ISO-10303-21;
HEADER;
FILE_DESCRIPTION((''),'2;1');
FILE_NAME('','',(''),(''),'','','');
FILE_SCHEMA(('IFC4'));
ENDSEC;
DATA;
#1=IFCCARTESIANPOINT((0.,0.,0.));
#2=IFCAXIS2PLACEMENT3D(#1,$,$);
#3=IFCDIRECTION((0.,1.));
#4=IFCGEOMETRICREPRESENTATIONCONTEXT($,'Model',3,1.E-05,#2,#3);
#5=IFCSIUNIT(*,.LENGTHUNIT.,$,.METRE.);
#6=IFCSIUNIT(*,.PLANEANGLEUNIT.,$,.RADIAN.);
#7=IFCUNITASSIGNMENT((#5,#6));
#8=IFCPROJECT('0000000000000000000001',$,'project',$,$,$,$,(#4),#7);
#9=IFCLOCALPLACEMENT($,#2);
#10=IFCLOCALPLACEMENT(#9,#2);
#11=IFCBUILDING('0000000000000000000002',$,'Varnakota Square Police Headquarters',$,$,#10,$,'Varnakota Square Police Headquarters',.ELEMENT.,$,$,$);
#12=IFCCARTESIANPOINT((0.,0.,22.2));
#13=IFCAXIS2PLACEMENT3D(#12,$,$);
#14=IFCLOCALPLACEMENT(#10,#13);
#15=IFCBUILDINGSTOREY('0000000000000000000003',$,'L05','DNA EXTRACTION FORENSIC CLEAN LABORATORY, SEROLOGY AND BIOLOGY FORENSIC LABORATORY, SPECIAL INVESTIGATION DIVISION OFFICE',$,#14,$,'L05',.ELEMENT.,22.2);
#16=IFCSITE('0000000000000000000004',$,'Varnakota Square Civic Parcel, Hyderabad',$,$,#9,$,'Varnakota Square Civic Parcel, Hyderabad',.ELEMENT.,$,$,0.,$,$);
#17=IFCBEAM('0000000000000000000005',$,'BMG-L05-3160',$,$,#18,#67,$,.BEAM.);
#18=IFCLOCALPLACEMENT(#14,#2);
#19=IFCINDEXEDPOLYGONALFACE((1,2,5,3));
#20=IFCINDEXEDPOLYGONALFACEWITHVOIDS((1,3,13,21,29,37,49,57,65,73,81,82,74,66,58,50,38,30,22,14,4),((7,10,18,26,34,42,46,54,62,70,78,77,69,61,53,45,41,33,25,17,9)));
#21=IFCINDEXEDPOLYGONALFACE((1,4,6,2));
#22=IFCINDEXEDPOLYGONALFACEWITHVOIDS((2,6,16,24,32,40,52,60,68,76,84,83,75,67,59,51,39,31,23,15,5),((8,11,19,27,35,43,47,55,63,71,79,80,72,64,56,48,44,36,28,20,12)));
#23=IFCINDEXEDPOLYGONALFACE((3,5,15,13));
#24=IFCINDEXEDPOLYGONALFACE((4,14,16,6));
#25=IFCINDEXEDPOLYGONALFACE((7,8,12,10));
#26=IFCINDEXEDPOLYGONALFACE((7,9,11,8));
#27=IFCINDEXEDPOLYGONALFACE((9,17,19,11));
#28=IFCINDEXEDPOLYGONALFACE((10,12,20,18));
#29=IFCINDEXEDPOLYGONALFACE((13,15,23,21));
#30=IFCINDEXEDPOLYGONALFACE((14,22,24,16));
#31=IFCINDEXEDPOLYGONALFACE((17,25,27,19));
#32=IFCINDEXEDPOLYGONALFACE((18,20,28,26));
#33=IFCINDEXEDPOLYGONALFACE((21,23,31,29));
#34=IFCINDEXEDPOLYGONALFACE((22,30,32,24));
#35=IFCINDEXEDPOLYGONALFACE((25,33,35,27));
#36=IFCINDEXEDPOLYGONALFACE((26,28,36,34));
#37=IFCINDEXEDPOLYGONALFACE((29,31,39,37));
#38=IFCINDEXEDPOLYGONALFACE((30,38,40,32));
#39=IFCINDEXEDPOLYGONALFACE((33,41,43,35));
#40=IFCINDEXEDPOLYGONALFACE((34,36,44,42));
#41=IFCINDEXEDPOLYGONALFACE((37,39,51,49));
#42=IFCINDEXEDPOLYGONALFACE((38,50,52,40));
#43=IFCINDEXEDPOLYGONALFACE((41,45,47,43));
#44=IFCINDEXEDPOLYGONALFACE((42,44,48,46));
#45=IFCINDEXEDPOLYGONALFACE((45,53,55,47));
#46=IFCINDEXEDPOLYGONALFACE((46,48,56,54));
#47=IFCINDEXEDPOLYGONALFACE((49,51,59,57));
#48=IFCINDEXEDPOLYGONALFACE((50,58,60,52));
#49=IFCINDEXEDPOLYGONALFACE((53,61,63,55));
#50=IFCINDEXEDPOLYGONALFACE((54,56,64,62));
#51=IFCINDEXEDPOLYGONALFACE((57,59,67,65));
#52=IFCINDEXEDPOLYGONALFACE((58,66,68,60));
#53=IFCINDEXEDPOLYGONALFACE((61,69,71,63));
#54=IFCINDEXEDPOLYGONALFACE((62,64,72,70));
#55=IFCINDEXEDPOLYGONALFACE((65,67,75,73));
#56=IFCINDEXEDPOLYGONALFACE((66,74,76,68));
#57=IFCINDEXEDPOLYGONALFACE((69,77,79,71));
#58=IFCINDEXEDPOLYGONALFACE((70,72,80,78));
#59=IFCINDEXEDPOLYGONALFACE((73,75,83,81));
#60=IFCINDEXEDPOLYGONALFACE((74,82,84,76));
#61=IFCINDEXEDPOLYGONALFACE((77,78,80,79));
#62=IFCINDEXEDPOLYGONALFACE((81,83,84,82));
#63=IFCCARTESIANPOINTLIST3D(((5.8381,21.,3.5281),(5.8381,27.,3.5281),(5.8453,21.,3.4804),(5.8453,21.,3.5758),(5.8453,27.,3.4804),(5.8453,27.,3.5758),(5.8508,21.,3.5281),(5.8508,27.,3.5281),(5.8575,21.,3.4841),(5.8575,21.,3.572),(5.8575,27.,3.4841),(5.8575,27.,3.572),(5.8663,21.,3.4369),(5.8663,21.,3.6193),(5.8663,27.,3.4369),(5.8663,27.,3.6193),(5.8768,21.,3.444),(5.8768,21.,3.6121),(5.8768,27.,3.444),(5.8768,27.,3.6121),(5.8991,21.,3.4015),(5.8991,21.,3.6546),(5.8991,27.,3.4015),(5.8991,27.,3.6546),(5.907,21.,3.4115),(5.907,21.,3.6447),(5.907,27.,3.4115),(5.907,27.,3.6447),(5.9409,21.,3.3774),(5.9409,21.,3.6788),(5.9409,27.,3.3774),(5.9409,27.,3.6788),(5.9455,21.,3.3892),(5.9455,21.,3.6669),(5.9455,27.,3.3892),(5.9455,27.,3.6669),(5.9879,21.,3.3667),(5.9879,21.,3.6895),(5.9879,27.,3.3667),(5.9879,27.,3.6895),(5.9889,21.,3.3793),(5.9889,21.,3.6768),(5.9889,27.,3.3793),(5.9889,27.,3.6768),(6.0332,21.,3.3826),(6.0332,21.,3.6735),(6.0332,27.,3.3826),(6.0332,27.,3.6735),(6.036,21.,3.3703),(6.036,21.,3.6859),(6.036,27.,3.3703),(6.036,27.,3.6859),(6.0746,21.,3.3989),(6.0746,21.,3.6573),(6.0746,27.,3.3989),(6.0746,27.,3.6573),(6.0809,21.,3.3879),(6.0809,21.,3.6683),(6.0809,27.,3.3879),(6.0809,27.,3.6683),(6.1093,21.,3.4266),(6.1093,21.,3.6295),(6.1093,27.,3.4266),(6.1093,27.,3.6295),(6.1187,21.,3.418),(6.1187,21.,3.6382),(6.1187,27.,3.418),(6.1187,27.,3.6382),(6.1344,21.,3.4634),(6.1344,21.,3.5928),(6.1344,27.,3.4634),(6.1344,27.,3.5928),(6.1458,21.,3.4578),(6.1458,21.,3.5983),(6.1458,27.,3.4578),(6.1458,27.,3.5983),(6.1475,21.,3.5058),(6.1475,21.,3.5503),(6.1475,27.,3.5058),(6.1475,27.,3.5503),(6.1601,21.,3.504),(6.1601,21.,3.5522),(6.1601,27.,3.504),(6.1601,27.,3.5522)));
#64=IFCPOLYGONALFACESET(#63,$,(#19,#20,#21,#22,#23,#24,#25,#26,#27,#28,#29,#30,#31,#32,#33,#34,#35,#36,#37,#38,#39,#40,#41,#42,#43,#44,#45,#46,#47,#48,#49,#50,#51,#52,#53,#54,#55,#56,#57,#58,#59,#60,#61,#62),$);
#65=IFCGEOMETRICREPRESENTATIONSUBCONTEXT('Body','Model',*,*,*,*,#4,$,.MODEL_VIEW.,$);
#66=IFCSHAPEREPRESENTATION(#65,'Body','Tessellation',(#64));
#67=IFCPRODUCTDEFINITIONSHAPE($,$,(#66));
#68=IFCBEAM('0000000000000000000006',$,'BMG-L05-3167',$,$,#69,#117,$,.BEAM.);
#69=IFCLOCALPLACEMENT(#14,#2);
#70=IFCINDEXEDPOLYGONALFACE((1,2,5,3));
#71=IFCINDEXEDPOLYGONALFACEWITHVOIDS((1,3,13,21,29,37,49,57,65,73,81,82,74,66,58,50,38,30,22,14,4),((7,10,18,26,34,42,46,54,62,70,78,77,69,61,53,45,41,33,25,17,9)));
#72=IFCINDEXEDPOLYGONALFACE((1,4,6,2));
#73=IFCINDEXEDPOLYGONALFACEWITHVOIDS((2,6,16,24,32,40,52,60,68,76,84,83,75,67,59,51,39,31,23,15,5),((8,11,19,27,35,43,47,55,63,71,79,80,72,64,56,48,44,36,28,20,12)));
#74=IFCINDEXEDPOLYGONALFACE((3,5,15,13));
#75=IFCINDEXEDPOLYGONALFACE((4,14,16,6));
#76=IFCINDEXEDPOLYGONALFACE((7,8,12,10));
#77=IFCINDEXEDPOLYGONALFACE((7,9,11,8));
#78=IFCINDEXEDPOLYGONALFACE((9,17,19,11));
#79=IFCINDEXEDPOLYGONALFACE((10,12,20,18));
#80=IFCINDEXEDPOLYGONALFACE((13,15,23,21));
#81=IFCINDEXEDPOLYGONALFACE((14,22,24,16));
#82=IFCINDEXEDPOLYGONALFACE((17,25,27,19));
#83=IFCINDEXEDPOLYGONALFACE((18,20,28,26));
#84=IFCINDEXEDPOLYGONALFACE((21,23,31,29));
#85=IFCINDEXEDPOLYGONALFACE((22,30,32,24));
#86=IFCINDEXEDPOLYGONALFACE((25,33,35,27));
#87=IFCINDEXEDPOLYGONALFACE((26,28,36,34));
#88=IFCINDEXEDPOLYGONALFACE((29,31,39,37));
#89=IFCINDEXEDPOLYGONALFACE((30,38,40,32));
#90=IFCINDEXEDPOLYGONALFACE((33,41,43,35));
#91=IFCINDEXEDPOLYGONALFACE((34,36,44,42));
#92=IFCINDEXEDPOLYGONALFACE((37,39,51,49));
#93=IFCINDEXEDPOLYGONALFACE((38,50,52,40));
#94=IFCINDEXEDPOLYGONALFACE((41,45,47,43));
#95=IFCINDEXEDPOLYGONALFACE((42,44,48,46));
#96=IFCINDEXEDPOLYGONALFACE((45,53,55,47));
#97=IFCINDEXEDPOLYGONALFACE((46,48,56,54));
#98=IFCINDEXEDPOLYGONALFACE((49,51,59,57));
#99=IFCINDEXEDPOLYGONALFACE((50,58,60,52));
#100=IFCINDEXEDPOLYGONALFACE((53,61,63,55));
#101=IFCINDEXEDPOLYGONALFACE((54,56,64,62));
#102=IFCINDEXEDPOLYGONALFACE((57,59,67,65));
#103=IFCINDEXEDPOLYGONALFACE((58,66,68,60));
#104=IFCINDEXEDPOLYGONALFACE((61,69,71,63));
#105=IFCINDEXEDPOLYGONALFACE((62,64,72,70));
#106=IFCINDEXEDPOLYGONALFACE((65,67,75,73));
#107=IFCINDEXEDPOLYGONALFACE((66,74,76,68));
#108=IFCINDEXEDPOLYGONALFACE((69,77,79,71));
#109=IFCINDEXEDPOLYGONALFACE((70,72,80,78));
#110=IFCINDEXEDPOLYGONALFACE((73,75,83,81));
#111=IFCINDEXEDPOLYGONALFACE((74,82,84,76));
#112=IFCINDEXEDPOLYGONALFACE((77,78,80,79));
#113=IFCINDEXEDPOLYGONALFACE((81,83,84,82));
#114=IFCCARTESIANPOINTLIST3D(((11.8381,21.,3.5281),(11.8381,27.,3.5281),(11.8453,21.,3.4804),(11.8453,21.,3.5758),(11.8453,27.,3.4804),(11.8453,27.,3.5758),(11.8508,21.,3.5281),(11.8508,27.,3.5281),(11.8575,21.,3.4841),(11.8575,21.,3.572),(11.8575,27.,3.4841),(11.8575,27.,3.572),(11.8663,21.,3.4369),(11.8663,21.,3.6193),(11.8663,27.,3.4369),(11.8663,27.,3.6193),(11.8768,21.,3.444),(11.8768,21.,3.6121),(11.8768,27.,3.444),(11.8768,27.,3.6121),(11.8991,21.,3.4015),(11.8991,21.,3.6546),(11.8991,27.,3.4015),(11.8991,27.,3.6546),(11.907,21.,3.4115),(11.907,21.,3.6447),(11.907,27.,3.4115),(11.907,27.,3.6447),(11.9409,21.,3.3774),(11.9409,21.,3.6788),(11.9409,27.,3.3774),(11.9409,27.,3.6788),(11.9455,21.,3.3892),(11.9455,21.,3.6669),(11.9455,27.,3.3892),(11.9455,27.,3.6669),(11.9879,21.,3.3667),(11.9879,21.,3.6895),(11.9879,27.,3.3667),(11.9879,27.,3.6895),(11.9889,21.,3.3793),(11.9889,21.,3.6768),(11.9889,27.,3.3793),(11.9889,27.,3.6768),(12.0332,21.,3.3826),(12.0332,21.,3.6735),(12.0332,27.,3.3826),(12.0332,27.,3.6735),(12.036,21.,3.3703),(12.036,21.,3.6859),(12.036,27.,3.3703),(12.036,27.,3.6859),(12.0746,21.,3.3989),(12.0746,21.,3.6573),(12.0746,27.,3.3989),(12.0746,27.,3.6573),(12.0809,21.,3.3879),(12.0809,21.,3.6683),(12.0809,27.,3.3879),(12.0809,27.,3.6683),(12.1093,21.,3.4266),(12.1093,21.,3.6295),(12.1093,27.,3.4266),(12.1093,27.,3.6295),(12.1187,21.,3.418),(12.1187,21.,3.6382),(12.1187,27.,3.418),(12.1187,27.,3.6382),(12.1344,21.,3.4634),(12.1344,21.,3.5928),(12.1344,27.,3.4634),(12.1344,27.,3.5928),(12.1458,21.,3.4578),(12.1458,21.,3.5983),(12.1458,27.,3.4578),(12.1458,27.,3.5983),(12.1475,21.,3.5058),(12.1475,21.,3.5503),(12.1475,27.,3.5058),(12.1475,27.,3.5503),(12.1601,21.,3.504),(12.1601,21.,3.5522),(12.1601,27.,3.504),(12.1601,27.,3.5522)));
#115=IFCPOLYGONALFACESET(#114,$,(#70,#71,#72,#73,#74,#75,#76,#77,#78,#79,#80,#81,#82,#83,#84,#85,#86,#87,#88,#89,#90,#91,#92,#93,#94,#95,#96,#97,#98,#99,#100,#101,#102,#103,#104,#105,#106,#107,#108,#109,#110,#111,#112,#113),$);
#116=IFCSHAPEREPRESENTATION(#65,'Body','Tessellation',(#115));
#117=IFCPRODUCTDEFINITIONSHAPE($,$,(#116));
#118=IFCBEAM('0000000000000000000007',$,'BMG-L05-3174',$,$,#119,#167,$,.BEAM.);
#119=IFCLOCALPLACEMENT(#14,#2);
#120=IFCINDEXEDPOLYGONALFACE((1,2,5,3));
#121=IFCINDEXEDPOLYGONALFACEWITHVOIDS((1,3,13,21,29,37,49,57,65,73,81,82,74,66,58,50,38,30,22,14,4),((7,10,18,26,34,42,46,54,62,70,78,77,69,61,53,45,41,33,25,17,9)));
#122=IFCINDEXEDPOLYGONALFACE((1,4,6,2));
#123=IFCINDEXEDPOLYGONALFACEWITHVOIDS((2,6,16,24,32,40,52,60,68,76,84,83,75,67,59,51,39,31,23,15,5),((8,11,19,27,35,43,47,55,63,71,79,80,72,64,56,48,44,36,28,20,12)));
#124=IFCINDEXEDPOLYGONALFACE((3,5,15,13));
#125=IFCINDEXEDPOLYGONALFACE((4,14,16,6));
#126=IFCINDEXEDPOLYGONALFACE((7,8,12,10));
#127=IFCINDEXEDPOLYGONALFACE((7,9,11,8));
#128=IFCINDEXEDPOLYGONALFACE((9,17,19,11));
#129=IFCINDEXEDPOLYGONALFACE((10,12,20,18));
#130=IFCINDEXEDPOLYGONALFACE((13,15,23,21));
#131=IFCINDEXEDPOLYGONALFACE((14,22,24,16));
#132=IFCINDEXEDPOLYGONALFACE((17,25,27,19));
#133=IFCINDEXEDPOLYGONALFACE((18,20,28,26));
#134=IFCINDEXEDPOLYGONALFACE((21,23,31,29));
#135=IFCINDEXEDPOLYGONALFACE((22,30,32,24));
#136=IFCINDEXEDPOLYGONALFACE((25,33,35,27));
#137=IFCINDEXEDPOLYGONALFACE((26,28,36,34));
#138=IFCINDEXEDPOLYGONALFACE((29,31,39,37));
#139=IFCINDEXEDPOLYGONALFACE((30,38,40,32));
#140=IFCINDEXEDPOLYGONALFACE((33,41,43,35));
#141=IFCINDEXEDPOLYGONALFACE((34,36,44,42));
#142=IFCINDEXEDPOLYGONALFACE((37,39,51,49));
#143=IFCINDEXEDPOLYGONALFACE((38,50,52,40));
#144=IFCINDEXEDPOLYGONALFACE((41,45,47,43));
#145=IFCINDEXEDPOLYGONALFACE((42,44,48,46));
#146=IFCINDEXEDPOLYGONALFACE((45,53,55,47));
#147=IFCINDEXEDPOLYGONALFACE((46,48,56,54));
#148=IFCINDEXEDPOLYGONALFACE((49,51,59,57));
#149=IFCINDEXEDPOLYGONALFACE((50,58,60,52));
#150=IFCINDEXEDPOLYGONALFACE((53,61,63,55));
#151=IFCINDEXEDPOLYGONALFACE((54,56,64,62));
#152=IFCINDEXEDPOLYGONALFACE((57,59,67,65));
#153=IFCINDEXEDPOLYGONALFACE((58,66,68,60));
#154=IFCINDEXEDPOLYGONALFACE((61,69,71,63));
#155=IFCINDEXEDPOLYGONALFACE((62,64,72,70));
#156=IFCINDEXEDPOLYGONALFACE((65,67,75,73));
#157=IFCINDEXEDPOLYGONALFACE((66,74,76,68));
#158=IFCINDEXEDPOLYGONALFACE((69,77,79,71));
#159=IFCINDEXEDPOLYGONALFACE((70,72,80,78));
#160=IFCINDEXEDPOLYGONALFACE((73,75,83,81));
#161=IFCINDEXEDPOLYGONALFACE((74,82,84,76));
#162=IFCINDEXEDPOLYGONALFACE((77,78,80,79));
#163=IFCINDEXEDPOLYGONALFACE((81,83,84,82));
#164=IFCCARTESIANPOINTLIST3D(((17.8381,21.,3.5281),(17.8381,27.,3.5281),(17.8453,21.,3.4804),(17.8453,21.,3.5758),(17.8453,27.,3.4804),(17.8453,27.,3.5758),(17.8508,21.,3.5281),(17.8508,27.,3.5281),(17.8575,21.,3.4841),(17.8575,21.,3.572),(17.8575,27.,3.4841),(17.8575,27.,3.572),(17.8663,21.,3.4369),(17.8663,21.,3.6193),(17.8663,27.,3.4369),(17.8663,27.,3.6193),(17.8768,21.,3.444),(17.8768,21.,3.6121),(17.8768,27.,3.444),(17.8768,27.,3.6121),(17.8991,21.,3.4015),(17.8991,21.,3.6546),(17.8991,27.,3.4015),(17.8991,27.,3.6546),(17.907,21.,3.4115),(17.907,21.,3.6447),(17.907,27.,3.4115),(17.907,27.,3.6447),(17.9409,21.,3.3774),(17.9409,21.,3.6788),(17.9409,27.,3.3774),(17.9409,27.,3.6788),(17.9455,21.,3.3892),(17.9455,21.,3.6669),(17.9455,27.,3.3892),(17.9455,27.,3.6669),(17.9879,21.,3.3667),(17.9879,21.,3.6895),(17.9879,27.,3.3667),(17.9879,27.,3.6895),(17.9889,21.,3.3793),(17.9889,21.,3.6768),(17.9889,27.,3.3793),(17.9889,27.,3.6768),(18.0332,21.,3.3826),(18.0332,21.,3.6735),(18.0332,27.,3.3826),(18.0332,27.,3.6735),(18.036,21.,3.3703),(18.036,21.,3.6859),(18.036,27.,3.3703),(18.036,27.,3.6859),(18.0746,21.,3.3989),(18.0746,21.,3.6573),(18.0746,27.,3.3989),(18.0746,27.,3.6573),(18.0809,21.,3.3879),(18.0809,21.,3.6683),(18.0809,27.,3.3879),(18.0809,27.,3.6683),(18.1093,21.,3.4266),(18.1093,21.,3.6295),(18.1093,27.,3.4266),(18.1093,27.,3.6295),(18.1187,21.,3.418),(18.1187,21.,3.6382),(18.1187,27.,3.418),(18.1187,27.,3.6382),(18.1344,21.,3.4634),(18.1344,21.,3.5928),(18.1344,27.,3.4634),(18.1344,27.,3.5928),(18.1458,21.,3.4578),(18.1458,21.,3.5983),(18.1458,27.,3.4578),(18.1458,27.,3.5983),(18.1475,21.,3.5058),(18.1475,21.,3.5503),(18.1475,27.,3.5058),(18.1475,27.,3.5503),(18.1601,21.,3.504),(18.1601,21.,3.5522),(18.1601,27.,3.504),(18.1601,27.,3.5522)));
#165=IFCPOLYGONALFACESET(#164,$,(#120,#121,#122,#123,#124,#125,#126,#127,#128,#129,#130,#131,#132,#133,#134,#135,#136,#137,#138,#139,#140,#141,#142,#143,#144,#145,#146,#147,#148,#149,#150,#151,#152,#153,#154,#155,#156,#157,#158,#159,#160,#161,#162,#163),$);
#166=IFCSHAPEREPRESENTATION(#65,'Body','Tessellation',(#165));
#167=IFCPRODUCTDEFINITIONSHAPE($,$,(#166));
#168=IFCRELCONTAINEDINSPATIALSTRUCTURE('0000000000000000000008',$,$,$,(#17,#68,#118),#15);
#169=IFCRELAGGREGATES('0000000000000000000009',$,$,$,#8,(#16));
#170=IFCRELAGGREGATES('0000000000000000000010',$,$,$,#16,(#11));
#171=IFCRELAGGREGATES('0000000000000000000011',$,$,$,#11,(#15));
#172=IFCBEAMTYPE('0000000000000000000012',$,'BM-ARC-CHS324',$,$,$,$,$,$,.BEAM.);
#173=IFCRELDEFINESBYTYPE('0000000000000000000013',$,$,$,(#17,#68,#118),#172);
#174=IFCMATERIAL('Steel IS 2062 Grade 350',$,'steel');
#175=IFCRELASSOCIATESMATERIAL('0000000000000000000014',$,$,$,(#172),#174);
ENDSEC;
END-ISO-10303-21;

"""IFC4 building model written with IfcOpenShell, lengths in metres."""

from ifc_helpers import new_model, si_unit, direction, frame, origin, origin_2d, place, context, subcontext, project, spatial, hollow_circle, extrude, material, material_profile, profile_set, type_object, element, save


model = new_model("IFC4")

# Units and contexts
model_context = context("Model", 3, precision=1e-05, world=origin(), true_north=direction((0.0, 1.0)))
body_context = subcontext(model_context, "Body", "Model", "MODEL_VIEW")
ifc_project = project(units=[si_unit("LENGTHUNIT", "METRE"), si_unit("PLANEANGLEUNIT", "RADIAN")], contexts=[model_context])

# Site, building, storey
site_placement = place(None, origin())
site = spatial("IfcSite", under=ifc_project, at=site_placement, Name="Varnakota Square Civic Parcel, Hyderabad", LongName="Varnakota Square Civic Parcel, Hyderabad", CompositionType="ELEMENT", RefElevation=0.0)
building_placement = place(site_placement, origin())
building = spatial("IfcBuilding", under=site, at=building_placement, Name="Varnakota Square Police Headquarters", LongName="Varnakota Square Police Headquarters", CompositionType="ELEMENT")
storey_placement = place(building_placement, frame((0.0, 0.0, 22.2)))
storey = spatial("IfcBuildingStorey", under=building, at=storey_placement, Name="L05", Description="DNA EXTRACTION FORENSIC CLEAN LABORATORY, SEROLOGY AND BIOLOGY FORENSIC LABORATORY, SPECIAL INVESTIGATION DIVISION OFFICE", LongName="L05", CompositionType="ELEMENT", Elevation=22.2)

# Shared definitions
ifc_material_1 = material(Name="Steel IS 2062 Grade 350", Category="steel")

# Beams
ifc_material_profile_1 = material_profile(ifc_material_1, hollow_circle(Radius=0.1619, WallThickness=0.0127, at=origin_2d()), Name="CHS 323.9x12.7")
ifc_profile_set_1 = profile_set([ifc_material_profile_1], Name="Steel IS 2062 Grade 350")
beam_type_1 = type_object("IfcBeamType", Name="BM-ARC-CHS324", PredefinedType="BEAM", material=ifc_profile_set_1)
for number, where, z_axis, x_axis, name in (
    (1, (6.0, 21.0, 3.5281), (0.0, 1.0, 0.0), (-1.0, 0.0, 0.0), "BMG-L05-3160"),
    (2, (12.0, 21.0, 3.5281), (0.0, 1.0, 0.0), (-1.0, 0.0, 0.0), "BMG-L05-3167"),
    (3, (18.0, 21.0, 3.5281), (0.0, 1.0, 0.0), (-1.0, 0.0, 0.0), "BMG-L05-3174"),
):
    element("IfcBeam", number, at=place(storey_placement, frame(where, z_axis=z_axis, x_axis=x_axis)), inside=storey, type_object=beam_type_1, Name=name, PredefinedType="BEAM", context=body_context, shape_type="SweptSolid", body=[
        extrude(hollow_circle(Radius=0.1619, WallThickness=0.0127, at=origin_2d()), origin(), (0.0, 0.0, 1.0), 6.0),
    ])

save(model, "model.ifc")
